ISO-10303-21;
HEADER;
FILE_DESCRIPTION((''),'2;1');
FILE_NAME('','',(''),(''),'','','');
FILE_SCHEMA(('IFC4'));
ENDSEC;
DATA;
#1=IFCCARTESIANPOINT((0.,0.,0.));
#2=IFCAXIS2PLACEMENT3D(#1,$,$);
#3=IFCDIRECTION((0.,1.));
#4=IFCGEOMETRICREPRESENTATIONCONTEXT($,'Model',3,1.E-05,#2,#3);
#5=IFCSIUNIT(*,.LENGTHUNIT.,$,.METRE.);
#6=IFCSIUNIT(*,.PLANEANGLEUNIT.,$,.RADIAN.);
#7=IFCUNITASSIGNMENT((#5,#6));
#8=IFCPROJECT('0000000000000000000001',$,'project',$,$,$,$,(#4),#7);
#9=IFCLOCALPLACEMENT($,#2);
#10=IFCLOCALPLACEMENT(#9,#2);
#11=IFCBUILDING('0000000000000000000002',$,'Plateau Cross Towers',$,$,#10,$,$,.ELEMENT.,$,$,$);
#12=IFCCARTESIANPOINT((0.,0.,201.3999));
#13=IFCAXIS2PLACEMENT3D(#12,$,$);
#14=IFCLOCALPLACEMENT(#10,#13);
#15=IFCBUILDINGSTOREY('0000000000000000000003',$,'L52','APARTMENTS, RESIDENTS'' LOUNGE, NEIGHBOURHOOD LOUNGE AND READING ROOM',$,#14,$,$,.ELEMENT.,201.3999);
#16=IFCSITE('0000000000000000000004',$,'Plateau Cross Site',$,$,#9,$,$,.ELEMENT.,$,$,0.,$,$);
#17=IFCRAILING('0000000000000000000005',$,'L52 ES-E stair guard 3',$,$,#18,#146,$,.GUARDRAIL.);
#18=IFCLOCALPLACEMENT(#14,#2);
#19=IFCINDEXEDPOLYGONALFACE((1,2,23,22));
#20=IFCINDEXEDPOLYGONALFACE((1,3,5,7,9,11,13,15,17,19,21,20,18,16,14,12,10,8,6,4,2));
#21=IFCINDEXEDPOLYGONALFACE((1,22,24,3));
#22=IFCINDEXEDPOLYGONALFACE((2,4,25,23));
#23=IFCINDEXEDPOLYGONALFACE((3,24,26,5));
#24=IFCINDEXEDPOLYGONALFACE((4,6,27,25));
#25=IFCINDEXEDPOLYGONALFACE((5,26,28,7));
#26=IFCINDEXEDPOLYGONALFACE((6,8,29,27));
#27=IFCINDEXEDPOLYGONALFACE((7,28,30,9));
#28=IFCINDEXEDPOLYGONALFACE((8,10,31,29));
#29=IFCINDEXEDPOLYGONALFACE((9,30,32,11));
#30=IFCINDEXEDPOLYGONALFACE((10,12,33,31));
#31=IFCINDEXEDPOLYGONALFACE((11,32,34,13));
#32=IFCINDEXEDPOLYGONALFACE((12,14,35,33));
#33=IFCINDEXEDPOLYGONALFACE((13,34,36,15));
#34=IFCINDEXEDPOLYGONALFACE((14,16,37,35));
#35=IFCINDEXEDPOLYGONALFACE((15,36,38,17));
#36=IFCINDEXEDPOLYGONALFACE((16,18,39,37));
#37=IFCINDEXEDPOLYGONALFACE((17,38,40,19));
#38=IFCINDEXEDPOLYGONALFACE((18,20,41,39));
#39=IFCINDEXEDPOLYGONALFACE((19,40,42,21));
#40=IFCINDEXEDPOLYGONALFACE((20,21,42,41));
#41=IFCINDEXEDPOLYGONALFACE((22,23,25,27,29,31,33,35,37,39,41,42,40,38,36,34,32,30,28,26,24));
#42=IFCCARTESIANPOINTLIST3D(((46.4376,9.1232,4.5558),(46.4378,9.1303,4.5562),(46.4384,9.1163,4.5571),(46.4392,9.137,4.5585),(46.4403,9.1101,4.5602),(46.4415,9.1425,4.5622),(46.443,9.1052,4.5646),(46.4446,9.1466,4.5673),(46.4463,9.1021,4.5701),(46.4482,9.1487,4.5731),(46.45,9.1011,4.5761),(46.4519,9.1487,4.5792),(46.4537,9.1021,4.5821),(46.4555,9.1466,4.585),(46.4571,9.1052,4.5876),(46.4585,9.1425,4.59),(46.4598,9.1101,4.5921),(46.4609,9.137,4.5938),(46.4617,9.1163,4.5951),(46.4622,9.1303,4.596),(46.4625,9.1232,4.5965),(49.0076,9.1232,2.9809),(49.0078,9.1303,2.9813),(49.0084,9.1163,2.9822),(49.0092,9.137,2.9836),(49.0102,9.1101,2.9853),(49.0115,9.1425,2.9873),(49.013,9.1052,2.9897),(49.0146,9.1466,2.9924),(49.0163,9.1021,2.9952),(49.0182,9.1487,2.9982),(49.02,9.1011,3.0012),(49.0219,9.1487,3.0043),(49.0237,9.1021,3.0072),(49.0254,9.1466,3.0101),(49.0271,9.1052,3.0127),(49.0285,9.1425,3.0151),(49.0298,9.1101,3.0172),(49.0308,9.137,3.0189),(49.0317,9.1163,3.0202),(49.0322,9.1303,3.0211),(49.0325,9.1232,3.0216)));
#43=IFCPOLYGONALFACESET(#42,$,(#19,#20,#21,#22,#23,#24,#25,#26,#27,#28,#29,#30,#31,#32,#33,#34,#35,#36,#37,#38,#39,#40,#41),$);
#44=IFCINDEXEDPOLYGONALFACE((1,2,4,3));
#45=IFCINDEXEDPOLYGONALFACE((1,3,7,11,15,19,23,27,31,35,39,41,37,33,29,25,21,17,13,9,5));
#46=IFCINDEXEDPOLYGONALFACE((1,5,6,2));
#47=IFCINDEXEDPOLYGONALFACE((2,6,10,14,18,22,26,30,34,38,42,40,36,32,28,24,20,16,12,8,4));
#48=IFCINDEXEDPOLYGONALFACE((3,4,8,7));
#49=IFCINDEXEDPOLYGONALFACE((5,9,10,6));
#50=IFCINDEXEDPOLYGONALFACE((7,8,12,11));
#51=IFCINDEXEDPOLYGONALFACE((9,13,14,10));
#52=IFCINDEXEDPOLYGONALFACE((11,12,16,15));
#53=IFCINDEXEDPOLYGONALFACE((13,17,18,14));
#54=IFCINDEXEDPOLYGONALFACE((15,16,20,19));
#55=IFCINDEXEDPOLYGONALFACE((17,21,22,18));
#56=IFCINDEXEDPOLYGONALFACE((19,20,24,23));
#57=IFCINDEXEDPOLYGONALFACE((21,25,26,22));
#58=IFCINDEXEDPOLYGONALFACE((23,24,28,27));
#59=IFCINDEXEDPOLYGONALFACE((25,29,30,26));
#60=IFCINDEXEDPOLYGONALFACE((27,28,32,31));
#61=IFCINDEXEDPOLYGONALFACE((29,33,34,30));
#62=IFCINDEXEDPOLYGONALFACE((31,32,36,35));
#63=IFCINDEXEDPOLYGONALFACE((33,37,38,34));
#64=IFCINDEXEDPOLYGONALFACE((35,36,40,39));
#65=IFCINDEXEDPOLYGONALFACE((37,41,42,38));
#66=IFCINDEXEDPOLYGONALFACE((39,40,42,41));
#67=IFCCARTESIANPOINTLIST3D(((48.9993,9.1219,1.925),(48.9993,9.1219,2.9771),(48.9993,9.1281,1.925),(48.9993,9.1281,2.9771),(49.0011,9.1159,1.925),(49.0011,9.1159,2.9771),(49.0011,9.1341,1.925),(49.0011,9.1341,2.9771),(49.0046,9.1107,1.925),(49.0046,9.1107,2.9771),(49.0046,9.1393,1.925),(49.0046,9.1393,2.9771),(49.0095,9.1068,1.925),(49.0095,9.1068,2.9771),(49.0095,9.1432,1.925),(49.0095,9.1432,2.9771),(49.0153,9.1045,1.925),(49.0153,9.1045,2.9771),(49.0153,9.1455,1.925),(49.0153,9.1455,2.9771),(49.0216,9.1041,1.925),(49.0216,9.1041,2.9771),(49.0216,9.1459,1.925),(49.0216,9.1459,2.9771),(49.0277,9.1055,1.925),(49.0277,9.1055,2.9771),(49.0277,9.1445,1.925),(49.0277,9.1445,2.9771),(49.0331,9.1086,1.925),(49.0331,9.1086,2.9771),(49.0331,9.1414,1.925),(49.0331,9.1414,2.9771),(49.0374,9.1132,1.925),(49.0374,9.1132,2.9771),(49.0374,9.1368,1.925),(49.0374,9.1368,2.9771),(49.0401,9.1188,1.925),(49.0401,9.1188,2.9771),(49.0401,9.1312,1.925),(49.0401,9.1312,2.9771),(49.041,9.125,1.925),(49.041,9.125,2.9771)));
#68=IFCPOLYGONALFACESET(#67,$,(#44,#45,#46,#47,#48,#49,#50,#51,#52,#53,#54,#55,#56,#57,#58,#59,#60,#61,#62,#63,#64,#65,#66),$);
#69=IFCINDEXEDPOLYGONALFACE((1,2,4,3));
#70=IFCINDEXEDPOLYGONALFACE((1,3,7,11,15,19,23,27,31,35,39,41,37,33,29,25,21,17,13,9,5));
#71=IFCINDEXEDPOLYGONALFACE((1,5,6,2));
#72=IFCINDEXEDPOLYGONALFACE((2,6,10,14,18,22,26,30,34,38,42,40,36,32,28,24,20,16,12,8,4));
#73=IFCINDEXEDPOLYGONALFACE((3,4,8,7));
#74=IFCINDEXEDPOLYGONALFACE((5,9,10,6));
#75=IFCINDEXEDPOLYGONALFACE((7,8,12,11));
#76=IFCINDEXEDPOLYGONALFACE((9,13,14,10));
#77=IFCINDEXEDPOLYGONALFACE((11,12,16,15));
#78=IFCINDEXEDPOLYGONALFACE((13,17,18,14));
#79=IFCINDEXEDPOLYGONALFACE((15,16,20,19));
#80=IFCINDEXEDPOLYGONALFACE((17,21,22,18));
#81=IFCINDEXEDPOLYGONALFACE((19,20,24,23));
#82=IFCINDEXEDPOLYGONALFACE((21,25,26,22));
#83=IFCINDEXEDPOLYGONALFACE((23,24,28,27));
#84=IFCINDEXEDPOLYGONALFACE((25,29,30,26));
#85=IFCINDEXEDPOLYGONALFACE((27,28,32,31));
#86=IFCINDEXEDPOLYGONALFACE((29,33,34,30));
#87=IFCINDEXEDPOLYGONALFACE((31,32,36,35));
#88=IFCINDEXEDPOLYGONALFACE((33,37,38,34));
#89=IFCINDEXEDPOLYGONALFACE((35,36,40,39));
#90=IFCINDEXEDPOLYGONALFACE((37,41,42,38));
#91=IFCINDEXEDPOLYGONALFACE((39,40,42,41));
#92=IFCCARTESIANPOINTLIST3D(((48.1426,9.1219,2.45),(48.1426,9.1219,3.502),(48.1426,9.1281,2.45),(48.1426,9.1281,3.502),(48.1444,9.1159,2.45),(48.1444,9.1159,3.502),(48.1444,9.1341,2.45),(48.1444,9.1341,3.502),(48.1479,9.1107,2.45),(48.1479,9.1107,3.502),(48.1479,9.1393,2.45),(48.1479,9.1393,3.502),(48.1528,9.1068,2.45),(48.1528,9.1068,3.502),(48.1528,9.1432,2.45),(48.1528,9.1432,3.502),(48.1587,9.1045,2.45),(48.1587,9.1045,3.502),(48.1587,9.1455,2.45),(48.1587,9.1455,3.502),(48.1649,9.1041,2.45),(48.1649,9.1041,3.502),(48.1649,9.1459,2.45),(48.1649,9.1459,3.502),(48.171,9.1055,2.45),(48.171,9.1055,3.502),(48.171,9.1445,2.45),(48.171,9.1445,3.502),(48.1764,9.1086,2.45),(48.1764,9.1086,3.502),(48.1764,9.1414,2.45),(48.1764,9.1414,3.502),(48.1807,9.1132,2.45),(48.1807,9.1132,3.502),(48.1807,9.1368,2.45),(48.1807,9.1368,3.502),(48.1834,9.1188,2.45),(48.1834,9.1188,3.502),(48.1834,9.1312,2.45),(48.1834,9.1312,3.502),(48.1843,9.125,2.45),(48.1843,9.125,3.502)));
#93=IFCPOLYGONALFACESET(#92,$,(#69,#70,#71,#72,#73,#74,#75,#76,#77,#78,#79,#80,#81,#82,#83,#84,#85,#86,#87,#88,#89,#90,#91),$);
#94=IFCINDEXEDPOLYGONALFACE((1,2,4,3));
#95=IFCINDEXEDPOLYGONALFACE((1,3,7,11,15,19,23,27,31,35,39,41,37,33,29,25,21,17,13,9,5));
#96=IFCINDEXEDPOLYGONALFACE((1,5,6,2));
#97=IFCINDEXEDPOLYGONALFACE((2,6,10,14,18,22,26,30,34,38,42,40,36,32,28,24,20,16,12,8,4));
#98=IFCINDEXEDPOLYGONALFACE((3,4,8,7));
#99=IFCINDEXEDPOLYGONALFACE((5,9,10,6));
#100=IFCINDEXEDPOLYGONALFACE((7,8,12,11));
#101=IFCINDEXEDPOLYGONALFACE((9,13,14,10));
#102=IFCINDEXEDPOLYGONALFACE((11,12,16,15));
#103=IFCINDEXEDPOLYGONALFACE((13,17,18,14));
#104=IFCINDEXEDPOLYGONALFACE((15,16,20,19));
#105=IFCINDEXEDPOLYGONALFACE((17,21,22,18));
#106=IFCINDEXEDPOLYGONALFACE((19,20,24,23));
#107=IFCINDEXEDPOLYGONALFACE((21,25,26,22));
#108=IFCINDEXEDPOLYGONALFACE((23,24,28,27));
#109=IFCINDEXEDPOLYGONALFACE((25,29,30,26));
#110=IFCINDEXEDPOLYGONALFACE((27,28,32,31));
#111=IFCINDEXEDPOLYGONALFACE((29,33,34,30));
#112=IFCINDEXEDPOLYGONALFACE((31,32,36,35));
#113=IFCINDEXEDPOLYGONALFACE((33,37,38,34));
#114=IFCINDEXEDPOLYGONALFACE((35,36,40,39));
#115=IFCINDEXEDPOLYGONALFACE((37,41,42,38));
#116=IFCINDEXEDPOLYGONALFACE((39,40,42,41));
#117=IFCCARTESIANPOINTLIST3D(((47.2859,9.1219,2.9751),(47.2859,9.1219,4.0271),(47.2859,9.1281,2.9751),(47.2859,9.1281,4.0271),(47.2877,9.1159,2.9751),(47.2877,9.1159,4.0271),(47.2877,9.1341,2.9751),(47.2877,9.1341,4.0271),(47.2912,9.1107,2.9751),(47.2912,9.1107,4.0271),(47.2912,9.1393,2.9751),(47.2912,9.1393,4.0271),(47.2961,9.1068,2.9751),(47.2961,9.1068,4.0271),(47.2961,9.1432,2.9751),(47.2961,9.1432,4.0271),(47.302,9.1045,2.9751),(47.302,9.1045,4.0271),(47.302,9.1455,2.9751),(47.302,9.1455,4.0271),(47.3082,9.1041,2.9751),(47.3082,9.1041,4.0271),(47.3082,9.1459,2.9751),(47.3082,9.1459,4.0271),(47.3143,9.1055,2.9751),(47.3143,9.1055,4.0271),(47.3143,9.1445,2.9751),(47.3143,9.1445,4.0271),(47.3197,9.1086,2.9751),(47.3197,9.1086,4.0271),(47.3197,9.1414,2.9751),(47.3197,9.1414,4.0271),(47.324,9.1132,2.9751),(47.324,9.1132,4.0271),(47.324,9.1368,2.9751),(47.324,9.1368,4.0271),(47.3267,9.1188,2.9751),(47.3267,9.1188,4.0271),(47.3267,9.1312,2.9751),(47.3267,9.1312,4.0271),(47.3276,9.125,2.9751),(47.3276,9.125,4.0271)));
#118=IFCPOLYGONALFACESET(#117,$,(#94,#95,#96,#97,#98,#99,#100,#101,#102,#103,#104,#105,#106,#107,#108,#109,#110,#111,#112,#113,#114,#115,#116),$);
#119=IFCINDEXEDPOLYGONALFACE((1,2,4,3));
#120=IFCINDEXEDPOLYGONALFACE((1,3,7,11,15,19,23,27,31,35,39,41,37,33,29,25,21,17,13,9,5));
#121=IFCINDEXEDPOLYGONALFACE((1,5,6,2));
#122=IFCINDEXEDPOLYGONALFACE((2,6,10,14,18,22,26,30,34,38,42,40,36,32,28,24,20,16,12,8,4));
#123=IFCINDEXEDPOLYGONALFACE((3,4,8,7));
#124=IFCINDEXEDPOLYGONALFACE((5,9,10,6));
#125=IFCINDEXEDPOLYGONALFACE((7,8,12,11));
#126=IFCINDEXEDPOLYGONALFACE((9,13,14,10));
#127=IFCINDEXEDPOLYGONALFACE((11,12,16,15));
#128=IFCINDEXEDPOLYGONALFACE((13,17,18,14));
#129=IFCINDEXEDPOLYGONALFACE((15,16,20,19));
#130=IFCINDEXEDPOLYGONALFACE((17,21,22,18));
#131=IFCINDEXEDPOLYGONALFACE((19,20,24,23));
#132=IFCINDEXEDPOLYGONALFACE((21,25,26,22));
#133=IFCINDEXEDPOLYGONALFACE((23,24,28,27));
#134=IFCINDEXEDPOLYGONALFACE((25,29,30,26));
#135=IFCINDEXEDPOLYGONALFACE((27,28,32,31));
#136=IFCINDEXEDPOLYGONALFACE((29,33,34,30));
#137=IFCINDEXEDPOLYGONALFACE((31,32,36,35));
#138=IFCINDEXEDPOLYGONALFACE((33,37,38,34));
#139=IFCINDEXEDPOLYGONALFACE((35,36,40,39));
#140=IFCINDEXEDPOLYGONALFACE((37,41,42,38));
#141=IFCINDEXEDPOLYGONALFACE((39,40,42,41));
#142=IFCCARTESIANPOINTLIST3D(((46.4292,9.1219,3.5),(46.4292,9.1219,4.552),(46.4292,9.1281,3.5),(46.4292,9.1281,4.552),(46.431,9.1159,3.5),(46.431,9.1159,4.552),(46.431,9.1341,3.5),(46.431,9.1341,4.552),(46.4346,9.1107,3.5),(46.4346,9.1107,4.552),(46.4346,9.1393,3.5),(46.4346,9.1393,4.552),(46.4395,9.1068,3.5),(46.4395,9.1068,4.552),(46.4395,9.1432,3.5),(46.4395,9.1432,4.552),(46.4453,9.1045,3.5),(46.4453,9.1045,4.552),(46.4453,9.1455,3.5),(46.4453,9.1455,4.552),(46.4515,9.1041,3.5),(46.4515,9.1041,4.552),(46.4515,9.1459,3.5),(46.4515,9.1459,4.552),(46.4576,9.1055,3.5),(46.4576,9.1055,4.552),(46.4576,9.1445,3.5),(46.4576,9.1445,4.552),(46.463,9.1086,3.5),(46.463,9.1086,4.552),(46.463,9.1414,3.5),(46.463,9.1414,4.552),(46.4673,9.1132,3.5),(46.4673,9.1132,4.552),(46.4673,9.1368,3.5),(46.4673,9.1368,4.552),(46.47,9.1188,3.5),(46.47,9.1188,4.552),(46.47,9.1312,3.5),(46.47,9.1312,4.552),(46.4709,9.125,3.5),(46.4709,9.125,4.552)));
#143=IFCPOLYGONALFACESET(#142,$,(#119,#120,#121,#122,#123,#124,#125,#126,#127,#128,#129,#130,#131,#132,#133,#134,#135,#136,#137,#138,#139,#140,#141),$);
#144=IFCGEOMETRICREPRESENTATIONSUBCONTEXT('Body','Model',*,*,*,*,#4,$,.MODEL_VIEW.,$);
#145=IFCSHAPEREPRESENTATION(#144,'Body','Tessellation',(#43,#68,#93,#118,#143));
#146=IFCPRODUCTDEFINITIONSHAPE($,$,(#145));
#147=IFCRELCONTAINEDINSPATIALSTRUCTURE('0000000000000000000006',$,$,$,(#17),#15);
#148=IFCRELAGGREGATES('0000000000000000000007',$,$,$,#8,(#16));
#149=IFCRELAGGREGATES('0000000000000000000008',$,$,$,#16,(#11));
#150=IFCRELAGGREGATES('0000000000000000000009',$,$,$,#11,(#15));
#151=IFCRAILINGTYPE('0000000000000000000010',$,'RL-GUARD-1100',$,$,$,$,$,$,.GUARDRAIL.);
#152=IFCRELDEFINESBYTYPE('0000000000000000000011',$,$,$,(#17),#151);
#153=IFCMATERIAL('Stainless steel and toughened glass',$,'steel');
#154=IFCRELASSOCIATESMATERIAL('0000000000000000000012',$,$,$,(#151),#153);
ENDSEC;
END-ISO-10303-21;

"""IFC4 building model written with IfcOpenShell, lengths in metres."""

from ifc_helpers import new_model, si_unit, direction, frame, origin, origin_2d, place, context, subcontext, project, spatial, circle, extrude, material, type_object, element, save


model = new_model("IFC4")

# Units and contexts
model_context = context("Model", 3, precision=1e-05, world=origin(), true_north=direction((0.0, 1.0)))
body_context = subcontext(model_context, "Body", "Model", "MODEL_VIEW")
ifc_project = project(units=[si_unit("LENGTHUNIT", "METRE"), si_unit("PLANEANGLEUNIT", "RADIAN")], contexts=[model_context])

# Site, building, storey
site_placement = place(None, origin())
site = spatial("IfcSite", under=ifc_project, at=site_placement, Name="Plateau Cross Site", CompositionType="ELEMENT", RefElevation=0.0)
building_placement = place(site_placement, origin())
building = spatial("IfcBuilding", under=site, at=building_placement, Name="Plateau Cross Towers", CompositionType="ELEMENT")
storey_placement = place(building_placement, frame((0.0, 0.0, 201.3999)))
storey = spatial("IfcBuildingStorey", under=building, at=storey_placement, Name="L52", Description="APARTMENTS, RESIDENTS' LOUNGE, NEIGHBOURHOOD LOUNGE AND READING ROOM", CompositionType="ELEMENT", Elevation=201.3999)

# Railing
ifc_material_1 = material(Name="Stainless steel and toughened glass", Category="steel")
railing_type_1 = type_object("IfcRailingType", Name="RL-GUARD-1100", PredefinedType="GUARDRAIL", material=ifc_material_1)
railing_1_placement = place(storey_placement, frame((49.02, 9.125, 1.925)))
element("IfcRailing", 1, at=railing_1_placement, inside=storey, type_object=railing_type_1, Name="L52 ES-E stair guard 3", PredefinedType="GUARDRAIL", context=body_context, shape_type="SweptSolid", body=[
    extrude(circle(Radius=0.0239, at=origin_2d()), frame((0.0, 0.0, 1.0762), z_axis=(-0.852639, 0.0, 0.522501), x_axis=(0.0, -1.0, 0.0)), (0.0, 0.0, 1.0), 3.0142),
    extrude(circle(Radius=0.021, at=origin_2d()), origin(), (0.0, 0.0, 1.0), 1.052),
    extrude(circle(Radius=0.021, at=origin_2d()), frame((-0.8567, 0.0, 0.5249)), (0.0, 0.0, 1.0), 1.052),
    extrude(circle(Radius=0.021, at=origin_2d()), frame((-1.7134, 0.0, 1.05)), (0.0, 0.0, 1.0), 1.052),
    extrude(circle(Radius=0.021, at=origin_2d()), frame((-2.5701, 0.0, 1.575)), (0.0, 0.0, 1.0), 1.052),
])

save(model, "model.ifc")
